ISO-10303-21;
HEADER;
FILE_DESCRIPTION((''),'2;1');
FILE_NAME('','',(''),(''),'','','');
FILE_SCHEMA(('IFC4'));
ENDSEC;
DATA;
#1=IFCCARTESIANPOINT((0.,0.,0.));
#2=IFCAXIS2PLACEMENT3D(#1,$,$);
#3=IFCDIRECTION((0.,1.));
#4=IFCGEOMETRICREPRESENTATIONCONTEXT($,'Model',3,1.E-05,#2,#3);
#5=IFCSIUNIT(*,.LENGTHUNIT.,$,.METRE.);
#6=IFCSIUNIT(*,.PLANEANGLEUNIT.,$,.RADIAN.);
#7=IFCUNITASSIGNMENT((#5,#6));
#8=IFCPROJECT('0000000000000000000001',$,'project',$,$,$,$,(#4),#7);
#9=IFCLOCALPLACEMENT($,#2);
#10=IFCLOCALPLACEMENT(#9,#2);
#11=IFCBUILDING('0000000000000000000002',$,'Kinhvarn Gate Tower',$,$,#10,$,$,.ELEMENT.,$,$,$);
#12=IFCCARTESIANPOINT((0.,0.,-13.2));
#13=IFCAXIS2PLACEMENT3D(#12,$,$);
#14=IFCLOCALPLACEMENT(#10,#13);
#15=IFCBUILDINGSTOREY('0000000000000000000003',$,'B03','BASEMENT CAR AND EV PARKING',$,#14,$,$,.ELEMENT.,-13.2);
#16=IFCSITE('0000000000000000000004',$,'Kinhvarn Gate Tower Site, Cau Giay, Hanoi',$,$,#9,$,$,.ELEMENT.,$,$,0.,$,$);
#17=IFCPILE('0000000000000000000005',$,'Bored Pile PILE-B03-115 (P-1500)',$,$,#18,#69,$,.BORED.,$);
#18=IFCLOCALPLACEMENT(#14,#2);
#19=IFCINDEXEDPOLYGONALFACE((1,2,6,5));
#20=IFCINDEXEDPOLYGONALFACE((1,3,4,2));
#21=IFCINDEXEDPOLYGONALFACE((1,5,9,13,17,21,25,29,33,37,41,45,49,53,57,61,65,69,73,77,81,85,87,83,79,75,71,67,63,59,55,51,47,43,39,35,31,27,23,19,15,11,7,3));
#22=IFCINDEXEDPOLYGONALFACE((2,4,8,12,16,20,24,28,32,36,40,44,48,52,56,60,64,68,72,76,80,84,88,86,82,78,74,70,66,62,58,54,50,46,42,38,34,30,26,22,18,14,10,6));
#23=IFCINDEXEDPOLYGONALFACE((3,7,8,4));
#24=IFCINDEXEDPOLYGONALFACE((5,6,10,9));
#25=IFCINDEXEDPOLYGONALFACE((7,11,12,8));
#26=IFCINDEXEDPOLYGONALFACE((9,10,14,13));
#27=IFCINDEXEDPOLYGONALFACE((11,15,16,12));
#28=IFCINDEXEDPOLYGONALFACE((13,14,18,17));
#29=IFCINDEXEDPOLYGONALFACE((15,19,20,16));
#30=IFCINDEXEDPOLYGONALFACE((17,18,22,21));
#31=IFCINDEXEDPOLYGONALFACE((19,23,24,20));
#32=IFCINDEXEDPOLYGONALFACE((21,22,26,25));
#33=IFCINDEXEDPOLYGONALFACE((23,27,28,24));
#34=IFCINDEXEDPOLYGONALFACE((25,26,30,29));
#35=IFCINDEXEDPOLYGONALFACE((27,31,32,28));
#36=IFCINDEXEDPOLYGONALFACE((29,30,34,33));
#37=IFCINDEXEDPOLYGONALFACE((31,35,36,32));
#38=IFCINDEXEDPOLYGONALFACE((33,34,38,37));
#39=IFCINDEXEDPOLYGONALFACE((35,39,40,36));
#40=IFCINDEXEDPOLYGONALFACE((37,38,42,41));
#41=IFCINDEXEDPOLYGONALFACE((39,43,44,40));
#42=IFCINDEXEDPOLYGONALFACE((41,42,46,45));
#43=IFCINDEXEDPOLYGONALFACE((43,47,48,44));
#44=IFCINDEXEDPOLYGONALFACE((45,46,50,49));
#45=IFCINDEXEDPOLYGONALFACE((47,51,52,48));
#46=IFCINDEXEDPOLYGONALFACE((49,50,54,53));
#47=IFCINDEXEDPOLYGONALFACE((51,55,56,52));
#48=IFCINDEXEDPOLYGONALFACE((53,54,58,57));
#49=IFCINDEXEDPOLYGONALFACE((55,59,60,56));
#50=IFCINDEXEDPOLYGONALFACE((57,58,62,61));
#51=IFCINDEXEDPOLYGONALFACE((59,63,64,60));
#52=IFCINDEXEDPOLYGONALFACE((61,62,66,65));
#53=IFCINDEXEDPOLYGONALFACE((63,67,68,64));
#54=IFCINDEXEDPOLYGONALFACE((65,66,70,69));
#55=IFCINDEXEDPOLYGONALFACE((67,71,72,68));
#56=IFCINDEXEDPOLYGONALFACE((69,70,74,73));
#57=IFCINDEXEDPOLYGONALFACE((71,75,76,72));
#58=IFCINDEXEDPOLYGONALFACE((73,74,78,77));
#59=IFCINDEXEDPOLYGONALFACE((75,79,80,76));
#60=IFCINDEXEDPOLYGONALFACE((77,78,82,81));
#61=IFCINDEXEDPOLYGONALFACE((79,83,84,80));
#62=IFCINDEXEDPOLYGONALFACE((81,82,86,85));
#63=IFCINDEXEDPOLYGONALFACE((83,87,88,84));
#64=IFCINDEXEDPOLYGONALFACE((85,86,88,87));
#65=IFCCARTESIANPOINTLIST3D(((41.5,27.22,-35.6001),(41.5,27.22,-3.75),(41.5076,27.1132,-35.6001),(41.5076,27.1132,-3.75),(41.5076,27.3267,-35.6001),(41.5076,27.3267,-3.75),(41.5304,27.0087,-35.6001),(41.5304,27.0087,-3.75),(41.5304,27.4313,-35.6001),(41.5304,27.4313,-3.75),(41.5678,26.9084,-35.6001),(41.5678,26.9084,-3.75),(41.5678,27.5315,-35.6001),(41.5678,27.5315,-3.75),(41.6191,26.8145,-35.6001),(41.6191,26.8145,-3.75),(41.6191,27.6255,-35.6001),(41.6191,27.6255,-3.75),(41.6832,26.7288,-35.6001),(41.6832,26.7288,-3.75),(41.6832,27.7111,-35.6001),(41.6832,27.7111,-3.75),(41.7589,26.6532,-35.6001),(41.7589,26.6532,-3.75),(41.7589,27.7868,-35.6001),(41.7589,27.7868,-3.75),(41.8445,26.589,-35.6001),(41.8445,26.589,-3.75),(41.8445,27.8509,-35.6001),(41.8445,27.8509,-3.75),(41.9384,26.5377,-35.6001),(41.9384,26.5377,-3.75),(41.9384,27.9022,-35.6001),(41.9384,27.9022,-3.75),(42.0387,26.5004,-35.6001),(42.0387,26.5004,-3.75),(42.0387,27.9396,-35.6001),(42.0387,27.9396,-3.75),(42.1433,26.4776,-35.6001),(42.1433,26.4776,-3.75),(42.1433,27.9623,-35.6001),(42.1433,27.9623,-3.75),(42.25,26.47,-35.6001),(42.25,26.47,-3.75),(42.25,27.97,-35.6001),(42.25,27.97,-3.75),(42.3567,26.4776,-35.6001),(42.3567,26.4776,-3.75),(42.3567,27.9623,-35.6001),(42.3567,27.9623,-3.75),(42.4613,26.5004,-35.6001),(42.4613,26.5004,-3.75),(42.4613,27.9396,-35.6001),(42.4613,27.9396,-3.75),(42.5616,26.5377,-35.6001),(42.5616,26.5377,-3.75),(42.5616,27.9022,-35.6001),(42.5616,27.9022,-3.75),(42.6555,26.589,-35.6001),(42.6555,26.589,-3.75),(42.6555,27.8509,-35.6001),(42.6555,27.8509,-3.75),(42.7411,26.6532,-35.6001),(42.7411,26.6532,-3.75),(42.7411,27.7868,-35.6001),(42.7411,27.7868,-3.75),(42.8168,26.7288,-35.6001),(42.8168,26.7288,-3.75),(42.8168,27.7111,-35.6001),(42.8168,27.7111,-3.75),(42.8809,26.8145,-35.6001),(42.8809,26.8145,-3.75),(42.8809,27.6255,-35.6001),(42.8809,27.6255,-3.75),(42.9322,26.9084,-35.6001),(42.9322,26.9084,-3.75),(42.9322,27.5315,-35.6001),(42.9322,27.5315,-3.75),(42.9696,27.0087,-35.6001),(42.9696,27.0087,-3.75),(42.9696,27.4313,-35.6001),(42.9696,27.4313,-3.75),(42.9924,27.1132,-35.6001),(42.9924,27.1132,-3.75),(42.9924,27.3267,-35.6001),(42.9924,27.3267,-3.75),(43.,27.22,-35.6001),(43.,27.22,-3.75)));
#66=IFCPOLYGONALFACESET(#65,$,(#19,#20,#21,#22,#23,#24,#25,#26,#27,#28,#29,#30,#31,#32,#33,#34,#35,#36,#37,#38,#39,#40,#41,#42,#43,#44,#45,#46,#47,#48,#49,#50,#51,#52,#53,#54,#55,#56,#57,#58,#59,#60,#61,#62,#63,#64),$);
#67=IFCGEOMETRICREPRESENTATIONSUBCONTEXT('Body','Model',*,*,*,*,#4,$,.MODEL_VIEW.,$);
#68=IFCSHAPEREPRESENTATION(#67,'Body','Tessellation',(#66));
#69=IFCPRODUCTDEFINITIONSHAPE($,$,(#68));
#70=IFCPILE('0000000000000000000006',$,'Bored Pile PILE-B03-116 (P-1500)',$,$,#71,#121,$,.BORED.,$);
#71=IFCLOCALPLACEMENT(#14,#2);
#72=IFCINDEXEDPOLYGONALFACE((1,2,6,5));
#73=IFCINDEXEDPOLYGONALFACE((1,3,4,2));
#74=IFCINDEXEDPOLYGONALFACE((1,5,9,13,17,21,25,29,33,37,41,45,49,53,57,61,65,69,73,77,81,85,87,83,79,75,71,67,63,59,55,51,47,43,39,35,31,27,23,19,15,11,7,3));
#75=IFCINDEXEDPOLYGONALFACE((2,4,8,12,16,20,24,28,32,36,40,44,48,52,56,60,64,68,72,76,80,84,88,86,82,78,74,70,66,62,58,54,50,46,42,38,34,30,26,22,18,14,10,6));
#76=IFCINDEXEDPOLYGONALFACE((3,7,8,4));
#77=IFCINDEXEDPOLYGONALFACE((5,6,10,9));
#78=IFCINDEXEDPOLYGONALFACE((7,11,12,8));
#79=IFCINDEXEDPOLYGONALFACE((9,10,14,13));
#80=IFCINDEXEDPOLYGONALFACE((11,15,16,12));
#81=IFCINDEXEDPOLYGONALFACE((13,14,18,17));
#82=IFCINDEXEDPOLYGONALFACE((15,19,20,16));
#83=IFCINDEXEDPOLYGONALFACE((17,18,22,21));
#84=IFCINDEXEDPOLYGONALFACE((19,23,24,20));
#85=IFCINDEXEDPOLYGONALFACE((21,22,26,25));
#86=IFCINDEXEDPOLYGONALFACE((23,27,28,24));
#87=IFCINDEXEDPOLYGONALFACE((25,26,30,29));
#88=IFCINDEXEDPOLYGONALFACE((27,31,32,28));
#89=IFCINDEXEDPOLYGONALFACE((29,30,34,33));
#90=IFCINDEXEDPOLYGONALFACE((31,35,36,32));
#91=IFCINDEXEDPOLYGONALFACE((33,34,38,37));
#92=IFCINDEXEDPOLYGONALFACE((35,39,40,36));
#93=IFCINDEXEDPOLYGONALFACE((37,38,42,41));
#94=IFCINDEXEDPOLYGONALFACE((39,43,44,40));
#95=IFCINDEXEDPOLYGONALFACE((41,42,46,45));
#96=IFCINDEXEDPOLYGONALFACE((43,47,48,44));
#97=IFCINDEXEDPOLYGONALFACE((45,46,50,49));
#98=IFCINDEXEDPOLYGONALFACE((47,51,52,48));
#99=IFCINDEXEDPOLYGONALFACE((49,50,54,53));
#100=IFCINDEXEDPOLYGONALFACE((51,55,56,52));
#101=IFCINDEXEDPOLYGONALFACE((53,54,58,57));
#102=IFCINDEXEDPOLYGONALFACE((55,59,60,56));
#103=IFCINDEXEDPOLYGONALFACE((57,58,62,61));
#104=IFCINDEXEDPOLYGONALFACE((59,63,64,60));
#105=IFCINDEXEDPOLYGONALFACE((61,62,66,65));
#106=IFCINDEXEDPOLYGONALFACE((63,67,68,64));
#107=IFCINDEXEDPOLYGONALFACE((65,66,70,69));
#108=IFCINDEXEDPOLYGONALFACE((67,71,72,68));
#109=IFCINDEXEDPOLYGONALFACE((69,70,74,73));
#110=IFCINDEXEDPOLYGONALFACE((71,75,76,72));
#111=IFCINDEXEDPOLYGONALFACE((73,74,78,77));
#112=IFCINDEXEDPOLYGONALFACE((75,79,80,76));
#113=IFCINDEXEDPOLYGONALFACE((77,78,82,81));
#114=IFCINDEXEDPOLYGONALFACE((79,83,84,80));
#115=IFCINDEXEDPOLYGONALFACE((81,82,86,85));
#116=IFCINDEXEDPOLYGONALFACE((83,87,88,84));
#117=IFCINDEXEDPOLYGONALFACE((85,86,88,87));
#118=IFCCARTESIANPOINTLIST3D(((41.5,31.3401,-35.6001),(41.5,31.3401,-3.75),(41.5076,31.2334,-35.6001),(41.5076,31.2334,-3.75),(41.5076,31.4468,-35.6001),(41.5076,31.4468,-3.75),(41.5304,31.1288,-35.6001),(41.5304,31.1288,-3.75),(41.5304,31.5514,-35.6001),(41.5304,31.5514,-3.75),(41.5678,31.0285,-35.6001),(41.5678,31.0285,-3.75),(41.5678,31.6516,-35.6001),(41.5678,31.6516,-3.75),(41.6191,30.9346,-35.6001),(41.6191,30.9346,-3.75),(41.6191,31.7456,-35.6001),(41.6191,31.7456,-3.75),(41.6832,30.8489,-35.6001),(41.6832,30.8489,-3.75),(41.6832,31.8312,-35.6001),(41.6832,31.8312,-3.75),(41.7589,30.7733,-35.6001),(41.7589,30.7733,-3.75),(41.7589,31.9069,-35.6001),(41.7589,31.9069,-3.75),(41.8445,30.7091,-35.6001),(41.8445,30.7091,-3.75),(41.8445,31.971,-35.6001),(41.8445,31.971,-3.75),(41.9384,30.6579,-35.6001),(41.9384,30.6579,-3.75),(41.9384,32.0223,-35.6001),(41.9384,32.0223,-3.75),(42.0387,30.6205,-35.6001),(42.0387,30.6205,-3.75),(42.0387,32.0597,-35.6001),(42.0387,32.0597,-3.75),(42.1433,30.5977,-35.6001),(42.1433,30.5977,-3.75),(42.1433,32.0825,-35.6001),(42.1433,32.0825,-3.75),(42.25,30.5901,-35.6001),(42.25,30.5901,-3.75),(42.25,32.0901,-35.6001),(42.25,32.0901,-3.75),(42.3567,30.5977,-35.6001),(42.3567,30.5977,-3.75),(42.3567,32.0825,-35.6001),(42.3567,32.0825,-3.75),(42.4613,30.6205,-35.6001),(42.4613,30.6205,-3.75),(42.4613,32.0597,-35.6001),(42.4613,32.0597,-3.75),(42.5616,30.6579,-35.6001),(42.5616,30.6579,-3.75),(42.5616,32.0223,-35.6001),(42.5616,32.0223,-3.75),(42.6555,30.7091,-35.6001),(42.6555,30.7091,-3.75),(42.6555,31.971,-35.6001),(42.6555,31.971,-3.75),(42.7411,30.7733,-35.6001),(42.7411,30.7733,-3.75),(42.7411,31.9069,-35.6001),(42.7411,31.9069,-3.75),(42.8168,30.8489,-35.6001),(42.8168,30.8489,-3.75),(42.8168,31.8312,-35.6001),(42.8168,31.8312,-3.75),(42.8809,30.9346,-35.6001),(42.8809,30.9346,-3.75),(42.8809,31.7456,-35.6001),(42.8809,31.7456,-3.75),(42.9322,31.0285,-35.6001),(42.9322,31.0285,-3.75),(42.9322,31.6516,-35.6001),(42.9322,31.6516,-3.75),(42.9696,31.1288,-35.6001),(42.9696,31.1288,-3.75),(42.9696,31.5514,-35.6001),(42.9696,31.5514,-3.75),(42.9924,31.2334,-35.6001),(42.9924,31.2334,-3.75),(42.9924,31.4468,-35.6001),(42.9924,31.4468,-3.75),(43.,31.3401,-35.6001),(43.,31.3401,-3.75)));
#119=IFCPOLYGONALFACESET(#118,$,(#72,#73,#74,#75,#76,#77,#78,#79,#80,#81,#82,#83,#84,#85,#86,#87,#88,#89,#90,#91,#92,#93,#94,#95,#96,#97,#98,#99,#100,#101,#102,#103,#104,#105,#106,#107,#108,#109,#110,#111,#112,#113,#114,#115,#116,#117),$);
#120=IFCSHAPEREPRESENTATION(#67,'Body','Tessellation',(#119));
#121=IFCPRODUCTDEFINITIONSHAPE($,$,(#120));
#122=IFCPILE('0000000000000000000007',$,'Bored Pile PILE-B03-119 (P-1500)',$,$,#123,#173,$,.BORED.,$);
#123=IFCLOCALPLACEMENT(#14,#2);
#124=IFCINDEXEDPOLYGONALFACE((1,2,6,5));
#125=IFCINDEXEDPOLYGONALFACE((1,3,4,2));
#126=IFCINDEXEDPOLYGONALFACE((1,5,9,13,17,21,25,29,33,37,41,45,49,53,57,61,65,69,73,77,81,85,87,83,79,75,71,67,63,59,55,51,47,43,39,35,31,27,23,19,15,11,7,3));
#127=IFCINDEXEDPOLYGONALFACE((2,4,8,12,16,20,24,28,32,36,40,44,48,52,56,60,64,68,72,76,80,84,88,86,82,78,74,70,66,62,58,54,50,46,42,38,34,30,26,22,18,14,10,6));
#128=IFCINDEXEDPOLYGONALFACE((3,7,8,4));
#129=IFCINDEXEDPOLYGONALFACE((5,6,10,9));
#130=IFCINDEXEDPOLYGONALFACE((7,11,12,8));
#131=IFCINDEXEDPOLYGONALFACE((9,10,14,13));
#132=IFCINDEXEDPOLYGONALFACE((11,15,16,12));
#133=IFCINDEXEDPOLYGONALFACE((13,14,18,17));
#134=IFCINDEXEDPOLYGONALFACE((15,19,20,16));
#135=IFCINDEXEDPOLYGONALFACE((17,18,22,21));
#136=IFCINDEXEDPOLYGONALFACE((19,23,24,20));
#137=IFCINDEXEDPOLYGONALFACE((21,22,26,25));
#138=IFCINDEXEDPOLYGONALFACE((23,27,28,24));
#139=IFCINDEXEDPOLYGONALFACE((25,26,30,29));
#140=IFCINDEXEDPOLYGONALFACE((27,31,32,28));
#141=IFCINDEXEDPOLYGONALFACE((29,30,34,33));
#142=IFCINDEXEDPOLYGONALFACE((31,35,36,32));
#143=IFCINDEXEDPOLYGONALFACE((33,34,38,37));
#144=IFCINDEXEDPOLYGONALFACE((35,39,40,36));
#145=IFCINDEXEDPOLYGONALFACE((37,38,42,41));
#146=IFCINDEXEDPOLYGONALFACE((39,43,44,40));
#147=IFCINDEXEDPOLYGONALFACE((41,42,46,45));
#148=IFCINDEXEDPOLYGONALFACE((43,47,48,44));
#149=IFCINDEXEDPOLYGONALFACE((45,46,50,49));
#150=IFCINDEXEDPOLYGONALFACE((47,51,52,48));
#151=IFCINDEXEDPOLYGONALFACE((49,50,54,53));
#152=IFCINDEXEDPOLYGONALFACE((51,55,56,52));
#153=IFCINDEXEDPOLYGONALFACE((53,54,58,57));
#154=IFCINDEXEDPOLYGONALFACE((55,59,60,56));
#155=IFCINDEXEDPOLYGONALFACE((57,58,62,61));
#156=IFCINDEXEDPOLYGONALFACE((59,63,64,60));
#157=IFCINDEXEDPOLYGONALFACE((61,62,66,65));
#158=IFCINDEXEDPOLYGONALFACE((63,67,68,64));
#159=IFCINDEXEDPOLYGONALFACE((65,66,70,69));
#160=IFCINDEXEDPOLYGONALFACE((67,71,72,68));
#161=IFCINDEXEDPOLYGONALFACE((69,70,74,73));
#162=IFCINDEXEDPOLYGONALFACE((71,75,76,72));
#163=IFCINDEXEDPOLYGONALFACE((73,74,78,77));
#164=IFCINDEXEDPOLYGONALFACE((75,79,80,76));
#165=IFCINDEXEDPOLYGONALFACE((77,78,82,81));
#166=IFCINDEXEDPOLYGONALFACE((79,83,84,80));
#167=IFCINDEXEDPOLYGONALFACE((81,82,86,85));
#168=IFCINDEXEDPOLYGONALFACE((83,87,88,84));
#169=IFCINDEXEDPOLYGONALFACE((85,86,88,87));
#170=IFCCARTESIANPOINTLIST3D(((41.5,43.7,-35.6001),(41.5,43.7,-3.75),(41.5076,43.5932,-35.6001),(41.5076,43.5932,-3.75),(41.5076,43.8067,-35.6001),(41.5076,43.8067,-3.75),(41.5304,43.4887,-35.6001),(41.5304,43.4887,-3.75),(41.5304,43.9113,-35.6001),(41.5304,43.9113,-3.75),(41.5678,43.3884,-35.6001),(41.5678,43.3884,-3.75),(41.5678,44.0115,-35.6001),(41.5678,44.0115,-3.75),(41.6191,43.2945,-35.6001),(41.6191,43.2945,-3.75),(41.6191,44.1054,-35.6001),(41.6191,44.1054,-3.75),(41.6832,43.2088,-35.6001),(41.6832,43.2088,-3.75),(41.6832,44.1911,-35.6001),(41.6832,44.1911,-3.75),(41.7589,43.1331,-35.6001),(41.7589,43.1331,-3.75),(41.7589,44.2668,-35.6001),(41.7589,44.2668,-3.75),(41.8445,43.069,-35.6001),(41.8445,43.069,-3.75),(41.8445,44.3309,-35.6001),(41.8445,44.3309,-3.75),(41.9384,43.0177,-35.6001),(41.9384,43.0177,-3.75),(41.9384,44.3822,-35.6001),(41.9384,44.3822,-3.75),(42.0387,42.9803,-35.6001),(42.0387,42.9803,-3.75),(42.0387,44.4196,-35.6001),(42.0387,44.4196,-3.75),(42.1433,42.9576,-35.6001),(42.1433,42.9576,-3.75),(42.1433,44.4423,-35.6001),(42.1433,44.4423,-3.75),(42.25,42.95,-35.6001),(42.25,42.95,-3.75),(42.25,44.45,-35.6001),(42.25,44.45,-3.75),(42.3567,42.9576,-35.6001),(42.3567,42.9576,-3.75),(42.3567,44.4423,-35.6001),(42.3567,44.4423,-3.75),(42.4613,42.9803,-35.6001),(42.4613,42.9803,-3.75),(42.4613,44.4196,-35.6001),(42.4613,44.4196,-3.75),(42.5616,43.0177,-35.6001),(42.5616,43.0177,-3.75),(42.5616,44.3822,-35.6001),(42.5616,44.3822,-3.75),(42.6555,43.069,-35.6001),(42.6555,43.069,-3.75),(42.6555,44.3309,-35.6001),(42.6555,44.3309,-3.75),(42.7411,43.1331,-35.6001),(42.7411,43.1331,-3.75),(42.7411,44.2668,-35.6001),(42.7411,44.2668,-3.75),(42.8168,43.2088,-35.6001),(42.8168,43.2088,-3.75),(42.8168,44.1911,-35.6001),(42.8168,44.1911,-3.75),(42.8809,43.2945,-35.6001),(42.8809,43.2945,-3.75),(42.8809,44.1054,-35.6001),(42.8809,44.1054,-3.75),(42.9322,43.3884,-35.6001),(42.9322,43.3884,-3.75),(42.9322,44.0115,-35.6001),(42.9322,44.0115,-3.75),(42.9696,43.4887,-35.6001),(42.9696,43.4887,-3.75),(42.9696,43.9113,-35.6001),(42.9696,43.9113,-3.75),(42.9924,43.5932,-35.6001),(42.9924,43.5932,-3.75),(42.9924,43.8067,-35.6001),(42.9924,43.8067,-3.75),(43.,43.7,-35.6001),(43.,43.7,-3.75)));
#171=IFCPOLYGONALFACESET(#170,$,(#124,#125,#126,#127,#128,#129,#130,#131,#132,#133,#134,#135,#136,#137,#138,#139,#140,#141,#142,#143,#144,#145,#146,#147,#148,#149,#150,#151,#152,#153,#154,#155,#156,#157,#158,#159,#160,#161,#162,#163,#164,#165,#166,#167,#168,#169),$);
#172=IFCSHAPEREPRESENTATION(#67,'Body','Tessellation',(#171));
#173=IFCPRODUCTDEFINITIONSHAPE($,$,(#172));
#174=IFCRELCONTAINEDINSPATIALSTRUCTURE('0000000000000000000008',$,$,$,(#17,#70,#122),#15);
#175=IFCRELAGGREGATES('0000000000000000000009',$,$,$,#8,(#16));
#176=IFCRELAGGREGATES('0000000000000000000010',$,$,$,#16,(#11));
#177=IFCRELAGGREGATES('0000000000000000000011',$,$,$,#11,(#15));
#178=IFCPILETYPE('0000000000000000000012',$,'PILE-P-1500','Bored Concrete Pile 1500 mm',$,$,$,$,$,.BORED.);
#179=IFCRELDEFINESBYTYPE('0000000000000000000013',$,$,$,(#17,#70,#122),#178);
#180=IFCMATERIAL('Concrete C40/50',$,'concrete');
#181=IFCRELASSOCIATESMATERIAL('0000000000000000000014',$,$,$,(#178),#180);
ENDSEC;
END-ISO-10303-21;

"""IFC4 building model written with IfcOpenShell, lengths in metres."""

from ifc_helpers import new_model, si_unit, direction, frame, origin, origin_2d, place, context, subcontext, project, spatial, circle, extrude, material, material_profile, profile_set, type_object, element, save


model = new_model("IFC4")

# Units and contexts
model_context = context("Model", 3, precision=1e-05, world=origin(), true_north=direction((0.0, 1.0)))
body_context = subcontext(model_context, "Body", "Model", "MODEL_VIEW")
ifc_project = project(units=[si_unit("LENGTHUNIT", "METRE"), si_unit("PLANEANGLEUNIT", "RADIAN")], contexts=[model_context])

# Site, building, storey
site_placement = place(None, origin())
site = spatial("IfcSite", under=ifc_project, at=site_placement, Name="Kinhvarn Gate Tower Site, Cau Giay, Hanoi", CompositionType="ELEMENT", RefElevation=0.0)
building_placement = place(site_placement, origin())
building = spatial("IfcBuilding", under=site, at=building_placement, Name="Kinhvarn Gate Tower", CompositionType="ELEMENT")
storey_placement = place(building_placement, frame((0.0, 0.0, -13.2)))
storey = spatial("IfcBuildingStorey", under=building, at=storey_placement, Name="B03", Description="BASEMENT CAR AND EV PARKING", CompositionType="ELEMENT", Elevation=-13.2)

# Piles
ifc_material = material(Name="Concrete C40/50", Category="concrete")
ifc_material_profile_1 = material_profile(ifc_material, circle(Radius=0.75, at=origin_2d()), Name="PILE D1500")
ifc_profile_set_1 = profile_set([ifc_material_profile_1], Name="Concrete C40/50")
pile_type_1 = type_object("IfcPileType", Name="PILE-P-1500", Description="Bored Concrete Pile 1500 mm", PredefinedType="BORED", material=ifc_profile_set_1)
for number, where, z_axis, x_axis, name in (
    (1, (42.25, 27.22, -35.6001), (0.0, 0.0, 1.0), (1.0, 0.0, 0.0), "Bored Pile PILE-B03-115 (P-1500)"),
    (2, (42.25, 31.3401, -35.6001), (0.0, 0.0, 1.0), (1.0, 0.0, 0.0), "Bored Pile PILE-B03-116 (P-1500)"),
    (3, (42.25, 43.7, -35.6001), (0.0, 0.0, 1.0), (1.0, 0.0, 0.0), "Bored Pile PILE-B03-119 (P-1500)"),
):
    element("IfcPile", number, at=place(storey_placement, frame(where, z_axis=z_axis, x_axis=x_axis)), inside=storey, type_object=pile_type_1, Name=name, PredefinedType="BORED", context=body_context, shape_type="SweptSolid", body=[
        extrude(circle(Radius=0.75, at=origin_2d()), origin(), (0.0, 0.0, 1.0), 31.8501),
    ])

save(model, "model.ifc")
